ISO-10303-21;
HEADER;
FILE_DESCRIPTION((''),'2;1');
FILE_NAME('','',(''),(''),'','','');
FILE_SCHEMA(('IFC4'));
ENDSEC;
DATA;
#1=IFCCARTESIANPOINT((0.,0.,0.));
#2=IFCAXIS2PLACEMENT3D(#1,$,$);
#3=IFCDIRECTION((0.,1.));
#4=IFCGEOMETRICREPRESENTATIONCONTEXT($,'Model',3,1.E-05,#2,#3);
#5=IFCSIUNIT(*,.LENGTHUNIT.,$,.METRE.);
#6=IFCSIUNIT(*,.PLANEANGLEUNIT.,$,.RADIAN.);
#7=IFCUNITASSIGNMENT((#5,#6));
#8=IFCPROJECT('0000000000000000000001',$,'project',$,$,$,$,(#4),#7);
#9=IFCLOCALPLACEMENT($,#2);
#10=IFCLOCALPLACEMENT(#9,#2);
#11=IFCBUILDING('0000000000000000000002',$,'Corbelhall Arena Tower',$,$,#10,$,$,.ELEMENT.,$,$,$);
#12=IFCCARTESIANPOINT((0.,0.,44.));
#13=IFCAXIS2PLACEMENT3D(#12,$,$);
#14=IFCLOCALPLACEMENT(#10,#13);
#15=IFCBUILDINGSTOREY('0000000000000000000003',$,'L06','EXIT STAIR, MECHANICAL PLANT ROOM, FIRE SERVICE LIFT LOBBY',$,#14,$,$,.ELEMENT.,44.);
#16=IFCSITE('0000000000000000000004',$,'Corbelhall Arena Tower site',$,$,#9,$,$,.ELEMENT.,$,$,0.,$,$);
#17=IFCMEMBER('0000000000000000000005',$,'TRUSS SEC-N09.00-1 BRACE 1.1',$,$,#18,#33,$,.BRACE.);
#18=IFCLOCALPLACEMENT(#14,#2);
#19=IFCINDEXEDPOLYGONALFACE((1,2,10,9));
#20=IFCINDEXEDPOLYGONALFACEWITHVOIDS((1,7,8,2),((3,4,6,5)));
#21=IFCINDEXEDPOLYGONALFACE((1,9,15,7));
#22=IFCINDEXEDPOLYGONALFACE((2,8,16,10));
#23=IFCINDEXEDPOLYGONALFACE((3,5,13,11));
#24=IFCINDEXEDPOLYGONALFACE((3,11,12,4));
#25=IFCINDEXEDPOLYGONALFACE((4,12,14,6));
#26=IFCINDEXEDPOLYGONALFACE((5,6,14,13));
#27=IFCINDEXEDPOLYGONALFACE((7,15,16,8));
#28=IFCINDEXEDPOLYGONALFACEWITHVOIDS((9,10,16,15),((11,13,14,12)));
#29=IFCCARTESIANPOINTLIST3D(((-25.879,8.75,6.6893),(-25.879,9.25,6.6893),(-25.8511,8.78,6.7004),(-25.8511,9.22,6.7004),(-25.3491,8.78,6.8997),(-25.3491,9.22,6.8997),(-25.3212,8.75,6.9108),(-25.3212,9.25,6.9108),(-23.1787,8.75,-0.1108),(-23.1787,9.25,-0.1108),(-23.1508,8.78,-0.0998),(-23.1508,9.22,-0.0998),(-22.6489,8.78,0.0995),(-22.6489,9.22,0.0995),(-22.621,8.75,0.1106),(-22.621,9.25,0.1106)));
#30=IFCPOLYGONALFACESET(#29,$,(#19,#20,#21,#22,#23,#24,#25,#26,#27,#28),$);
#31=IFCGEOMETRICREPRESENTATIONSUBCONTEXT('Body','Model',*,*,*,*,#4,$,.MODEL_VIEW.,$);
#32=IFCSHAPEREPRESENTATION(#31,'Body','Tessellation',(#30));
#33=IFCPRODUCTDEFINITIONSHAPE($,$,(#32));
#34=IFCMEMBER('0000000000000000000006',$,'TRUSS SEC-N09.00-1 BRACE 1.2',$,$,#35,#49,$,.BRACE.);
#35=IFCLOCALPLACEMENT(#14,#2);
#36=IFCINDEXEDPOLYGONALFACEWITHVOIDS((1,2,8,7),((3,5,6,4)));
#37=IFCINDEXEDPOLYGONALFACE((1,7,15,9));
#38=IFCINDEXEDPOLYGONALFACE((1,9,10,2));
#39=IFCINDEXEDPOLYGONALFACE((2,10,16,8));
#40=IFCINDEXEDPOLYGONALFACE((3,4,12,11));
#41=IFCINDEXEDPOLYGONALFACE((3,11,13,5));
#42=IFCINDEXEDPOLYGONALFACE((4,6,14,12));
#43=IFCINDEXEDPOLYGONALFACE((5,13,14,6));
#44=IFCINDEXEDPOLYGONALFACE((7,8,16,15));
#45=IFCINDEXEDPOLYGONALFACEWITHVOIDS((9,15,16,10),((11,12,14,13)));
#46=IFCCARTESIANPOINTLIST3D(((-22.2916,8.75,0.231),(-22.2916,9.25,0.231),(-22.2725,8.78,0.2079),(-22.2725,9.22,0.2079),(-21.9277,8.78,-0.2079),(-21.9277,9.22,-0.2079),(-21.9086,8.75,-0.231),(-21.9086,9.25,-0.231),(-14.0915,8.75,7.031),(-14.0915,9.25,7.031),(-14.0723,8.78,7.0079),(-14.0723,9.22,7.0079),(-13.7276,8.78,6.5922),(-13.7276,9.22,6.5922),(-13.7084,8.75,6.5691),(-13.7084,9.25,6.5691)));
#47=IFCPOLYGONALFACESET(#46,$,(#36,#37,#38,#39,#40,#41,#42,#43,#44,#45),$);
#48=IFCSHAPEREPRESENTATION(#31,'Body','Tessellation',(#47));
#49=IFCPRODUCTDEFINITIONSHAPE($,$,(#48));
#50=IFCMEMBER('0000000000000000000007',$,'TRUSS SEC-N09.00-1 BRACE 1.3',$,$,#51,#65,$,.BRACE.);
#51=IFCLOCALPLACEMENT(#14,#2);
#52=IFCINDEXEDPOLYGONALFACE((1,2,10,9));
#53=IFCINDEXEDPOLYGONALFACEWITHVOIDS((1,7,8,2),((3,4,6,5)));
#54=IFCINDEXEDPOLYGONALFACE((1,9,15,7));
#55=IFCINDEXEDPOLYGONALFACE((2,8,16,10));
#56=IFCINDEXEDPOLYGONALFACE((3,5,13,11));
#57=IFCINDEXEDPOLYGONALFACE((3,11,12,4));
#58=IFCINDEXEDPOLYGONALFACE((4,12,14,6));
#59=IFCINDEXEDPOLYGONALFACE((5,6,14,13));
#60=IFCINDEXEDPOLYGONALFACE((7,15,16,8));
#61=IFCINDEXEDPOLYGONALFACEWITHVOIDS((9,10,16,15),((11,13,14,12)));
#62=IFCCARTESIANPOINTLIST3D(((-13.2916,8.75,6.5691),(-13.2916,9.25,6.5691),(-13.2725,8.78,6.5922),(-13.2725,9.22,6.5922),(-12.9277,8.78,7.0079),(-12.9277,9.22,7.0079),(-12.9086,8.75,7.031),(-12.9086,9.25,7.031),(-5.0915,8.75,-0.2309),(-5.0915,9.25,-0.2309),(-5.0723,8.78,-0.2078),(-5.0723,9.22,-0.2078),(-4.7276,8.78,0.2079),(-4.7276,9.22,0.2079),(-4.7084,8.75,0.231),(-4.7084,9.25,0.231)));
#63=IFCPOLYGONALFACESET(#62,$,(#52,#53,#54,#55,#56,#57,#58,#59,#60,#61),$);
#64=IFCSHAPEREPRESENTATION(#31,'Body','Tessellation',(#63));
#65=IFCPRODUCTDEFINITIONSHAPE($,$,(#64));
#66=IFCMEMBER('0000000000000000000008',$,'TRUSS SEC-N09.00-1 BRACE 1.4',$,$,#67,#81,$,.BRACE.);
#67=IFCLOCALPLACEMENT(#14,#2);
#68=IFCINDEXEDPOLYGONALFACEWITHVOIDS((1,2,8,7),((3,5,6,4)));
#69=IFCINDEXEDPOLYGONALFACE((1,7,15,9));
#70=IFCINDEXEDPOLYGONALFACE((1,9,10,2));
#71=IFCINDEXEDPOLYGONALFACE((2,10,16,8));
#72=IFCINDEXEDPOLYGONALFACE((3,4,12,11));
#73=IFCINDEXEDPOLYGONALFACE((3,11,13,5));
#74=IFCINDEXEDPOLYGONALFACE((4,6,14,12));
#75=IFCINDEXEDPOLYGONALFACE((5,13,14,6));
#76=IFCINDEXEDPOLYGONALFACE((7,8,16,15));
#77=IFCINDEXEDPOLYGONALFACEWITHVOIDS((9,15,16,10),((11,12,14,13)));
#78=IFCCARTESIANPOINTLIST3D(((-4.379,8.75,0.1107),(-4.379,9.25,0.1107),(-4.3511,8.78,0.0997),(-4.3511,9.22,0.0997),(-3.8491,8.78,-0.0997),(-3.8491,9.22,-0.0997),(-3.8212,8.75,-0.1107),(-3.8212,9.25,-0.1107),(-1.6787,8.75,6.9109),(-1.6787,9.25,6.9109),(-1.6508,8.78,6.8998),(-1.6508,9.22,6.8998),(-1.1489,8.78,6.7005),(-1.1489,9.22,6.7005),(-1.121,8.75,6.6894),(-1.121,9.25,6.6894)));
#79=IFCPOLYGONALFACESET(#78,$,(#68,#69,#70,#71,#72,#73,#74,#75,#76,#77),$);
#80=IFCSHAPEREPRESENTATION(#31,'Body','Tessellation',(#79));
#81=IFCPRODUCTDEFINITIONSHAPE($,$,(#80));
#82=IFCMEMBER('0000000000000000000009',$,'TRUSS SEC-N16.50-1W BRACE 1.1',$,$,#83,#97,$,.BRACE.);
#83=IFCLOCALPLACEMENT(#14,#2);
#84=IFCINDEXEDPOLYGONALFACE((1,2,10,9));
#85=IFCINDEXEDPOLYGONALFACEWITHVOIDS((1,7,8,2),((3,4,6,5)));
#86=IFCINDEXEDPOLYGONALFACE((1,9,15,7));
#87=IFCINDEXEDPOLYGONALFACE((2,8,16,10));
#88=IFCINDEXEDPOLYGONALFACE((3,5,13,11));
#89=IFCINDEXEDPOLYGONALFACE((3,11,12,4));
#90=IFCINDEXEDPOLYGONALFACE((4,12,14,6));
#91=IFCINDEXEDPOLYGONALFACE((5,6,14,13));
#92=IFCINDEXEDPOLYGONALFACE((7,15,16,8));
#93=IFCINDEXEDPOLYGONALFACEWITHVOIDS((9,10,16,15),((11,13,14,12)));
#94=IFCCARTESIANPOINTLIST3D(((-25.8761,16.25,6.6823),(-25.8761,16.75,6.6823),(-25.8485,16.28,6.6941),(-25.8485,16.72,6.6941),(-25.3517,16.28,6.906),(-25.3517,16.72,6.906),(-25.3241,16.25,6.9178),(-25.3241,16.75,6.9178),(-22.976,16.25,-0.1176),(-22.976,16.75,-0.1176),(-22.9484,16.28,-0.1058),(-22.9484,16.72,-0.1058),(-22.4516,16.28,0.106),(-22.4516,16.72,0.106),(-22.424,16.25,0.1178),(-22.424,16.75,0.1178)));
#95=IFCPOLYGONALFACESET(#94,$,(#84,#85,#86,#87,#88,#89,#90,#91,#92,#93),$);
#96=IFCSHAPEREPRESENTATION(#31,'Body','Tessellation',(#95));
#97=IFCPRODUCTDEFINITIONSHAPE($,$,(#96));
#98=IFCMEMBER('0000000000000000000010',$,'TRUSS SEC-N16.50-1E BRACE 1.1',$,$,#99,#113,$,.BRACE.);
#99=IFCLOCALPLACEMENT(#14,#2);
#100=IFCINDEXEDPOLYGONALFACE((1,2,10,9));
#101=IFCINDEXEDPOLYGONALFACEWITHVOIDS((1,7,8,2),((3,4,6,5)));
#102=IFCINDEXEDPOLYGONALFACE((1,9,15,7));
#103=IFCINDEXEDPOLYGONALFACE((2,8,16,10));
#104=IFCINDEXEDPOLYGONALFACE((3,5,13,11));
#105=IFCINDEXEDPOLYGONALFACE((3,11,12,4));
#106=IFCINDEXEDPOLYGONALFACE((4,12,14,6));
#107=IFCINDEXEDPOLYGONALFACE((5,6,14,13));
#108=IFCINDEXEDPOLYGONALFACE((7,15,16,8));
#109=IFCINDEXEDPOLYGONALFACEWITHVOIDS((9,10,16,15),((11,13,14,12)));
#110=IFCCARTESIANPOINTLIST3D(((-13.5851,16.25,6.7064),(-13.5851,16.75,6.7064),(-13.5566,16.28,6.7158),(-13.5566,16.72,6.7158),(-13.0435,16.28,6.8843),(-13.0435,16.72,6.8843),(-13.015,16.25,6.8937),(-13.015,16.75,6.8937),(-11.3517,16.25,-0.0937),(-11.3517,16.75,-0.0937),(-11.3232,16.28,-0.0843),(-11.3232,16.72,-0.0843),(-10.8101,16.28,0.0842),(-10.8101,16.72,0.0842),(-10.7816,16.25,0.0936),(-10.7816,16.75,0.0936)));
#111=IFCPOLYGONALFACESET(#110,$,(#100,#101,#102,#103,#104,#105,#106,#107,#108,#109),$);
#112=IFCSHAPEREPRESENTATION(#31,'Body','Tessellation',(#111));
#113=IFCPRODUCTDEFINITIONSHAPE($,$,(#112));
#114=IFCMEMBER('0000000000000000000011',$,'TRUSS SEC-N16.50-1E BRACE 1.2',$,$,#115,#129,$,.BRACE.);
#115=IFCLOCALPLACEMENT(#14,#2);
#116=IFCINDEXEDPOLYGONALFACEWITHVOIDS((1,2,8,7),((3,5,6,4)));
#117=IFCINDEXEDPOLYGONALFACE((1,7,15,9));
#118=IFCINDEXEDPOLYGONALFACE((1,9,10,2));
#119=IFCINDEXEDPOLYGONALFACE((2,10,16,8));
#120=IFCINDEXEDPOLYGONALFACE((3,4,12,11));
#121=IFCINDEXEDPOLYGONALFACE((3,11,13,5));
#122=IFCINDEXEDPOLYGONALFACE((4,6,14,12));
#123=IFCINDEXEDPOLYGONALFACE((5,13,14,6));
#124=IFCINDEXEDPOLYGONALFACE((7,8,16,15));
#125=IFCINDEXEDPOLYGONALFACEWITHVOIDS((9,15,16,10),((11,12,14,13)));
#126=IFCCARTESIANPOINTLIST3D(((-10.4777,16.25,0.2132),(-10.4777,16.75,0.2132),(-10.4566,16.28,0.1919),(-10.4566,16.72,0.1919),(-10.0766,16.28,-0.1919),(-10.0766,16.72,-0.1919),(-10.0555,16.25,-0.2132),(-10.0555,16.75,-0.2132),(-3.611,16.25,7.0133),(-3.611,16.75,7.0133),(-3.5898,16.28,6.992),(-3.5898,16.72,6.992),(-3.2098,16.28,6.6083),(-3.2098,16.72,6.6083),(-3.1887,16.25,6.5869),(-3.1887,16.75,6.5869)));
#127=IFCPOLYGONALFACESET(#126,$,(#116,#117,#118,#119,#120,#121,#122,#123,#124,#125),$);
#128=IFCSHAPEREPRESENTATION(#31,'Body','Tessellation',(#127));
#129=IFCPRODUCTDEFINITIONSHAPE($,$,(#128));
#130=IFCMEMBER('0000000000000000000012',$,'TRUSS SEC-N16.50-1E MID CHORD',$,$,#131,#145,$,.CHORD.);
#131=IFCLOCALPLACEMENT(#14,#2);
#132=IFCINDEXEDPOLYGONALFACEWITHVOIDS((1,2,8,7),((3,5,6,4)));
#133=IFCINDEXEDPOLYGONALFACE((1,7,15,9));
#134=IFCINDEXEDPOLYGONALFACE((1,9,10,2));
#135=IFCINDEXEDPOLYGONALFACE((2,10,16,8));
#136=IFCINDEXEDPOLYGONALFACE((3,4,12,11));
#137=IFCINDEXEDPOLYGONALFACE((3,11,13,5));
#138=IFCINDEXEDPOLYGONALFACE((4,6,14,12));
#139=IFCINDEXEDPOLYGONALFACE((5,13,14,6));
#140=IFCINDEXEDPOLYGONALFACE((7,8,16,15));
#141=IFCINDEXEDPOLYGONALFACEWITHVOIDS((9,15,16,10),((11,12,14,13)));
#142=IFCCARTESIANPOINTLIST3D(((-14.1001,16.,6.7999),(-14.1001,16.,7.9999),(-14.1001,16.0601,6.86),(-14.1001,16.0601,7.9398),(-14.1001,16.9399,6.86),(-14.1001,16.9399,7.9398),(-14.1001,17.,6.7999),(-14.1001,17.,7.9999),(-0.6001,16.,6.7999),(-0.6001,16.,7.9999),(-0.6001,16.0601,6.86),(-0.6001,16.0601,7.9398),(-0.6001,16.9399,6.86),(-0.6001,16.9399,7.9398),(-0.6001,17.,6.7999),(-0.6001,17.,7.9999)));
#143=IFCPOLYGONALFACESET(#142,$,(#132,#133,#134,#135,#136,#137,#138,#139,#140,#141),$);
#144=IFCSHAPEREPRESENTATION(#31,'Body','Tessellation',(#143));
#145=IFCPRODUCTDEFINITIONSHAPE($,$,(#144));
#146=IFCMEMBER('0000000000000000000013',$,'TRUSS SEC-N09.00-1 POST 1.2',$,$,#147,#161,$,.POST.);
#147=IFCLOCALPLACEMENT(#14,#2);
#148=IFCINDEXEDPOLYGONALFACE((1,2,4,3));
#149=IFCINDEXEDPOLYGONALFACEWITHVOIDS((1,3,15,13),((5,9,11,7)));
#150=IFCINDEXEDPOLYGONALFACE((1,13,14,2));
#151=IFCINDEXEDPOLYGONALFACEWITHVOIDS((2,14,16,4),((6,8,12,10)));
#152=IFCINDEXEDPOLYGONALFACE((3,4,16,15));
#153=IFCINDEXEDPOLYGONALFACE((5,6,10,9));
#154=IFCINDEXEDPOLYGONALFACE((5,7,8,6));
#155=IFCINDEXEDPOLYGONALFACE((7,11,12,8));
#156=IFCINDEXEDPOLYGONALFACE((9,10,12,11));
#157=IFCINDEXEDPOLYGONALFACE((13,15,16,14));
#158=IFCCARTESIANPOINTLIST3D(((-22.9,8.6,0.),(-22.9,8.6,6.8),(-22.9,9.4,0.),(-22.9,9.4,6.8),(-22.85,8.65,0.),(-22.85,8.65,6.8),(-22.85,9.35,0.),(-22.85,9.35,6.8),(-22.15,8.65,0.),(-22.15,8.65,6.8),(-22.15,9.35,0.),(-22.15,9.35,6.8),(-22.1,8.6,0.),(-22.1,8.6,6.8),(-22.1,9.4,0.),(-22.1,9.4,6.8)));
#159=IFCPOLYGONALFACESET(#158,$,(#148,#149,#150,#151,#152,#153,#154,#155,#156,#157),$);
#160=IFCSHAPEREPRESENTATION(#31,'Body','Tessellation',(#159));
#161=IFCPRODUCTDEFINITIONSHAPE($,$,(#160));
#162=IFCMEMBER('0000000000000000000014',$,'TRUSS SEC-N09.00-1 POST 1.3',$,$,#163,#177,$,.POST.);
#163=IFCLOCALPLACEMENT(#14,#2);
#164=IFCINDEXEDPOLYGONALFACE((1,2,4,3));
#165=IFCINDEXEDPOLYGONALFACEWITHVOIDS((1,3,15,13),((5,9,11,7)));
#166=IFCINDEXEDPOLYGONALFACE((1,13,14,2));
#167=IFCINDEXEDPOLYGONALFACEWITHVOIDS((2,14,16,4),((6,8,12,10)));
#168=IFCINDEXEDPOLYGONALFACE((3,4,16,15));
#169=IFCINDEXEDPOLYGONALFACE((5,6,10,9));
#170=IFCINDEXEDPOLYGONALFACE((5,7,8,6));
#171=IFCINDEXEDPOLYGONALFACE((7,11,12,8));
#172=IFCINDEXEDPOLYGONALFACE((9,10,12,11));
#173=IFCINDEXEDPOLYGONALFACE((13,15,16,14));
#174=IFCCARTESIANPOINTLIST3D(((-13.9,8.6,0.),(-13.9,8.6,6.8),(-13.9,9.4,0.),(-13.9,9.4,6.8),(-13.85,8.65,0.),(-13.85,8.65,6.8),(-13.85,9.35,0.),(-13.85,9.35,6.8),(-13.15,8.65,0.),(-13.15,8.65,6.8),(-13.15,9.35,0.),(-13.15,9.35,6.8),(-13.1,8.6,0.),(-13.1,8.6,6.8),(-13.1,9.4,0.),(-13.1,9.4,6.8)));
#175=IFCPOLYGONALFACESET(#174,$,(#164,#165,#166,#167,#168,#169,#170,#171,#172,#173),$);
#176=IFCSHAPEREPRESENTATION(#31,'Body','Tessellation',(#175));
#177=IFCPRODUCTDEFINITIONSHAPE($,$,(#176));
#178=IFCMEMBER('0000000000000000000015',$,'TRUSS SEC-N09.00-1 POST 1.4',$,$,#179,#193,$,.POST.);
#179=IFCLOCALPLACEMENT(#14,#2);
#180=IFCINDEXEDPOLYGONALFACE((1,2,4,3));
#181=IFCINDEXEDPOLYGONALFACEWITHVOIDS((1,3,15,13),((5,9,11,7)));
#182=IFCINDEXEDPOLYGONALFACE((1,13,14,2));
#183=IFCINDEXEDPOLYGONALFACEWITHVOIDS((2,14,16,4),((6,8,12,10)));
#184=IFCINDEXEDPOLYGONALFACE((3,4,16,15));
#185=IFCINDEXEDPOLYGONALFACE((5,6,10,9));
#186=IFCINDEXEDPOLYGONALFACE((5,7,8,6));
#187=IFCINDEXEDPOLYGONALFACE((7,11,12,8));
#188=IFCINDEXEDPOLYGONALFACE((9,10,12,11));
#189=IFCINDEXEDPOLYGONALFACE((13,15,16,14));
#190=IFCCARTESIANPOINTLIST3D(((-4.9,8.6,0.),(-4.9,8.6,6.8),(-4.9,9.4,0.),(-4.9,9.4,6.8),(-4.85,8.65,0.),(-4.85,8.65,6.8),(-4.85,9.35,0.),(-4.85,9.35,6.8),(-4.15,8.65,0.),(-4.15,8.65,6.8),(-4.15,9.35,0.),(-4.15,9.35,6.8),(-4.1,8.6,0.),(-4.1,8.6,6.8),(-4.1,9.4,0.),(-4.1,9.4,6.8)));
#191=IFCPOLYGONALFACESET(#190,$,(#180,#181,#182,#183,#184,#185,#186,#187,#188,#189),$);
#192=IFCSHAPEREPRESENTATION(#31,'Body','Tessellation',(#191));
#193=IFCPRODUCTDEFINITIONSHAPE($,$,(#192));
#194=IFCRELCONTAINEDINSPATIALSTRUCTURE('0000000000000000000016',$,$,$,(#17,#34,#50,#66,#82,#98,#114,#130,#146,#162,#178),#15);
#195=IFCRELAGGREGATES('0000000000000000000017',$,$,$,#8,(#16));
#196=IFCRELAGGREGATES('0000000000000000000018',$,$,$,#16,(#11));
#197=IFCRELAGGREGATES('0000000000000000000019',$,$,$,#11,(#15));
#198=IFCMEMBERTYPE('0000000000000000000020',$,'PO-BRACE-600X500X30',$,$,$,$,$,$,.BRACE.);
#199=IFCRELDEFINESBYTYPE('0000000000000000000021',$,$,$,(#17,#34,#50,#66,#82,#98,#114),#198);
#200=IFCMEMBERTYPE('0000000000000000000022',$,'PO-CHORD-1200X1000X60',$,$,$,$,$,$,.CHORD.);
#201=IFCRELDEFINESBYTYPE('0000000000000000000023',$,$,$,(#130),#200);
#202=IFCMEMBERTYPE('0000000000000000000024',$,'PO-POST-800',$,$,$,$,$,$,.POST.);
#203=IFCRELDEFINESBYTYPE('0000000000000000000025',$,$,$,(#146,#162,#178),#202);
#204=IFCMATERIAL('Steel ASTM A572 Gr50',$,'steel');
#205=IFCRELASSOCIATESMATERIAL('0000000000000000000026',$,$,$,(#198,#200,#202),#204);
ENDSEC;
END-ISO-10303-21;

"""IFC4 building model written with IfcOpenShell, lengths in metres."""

from ifc_helpers import new_model, si_unit, direction, frame, origin, origin_2d, place, context, subcontext, project, spatial, hollow_rectangle, extrude, material, material_profile, profile_set, type_object, element, save


model = new_model("IFC4")

# Units and contexts
model_context = context("Model", 3, precision=1e-05, world=origin(), true_north=direction((0.0, 1.0)))
body_context = subcontext(model_context, "Body", "Model", "MODEL_VIEW")
ifc_project = project(units=[si_unit("LENGTHUNIT", "METRE"), si_unit("PLANEANGLEUNIT", "RADIAN")], contexts=[model_context])

# Site, building, storey
site_placement = place(None, origin())
site = spatial("IfcSite", under=ifc_project, at=site_placement, Name="Corbelhall Arena Tower site", CompositionType="ELEMENT", RefElevation=0.0)
building_placement = place(site_placement, origin())
building = spatial("IfcBuilding", under=site, at=building_placement, Name="Corbelhall Arena Tower", CompositionType="ELEMENT")
storey_placement = place(building_placement, frame((0.0, 0.0, 44.0)))
storey = spatial("IfcBuildingStorey", under=building, at=storey_placement, Name="L06", Description="EXIT STAIR, MECHANICAL PLANT ROOM, FIRE SERVICE LIFT LOBBY", CompositionType="ELEMENT", Elevation=44.0)

# Members
ifc_material_1 = material(Name="Steel ASTM A572 Gr50", Category="steel")
ifc_material_profile_1 = material_profile(ifc_material_1, hollow_rectangle(XDim=0.5, YDim=0.6001, WallThickness=0.03, at=origin_2d()))
ifc_profile_set_1 = profile_set([ifc_material_profile_1], Name="Steel ASTM A572 Gr50")
member_type_1 = type_object("IfcMemberType", Name="PO-BRACE-600X500X30", PredefinedType="BRACE", material=ifc_profile_set_1)
member_1_placement = place(storey_placement, frame((-25.6001, 9.0, 6.8), z_axis=(0.369054, 0.0, -0.929408), x_axis=(0.0, 1.0, 0.0)))
element("IfcMember", 1, at=member_1_placement, inside=storey, type_object=member_type_1, Name="TRUSS SEC-N09.00-1 BRACE 1.1", PredefinedType="BRACE", context=body_context, shape_type="SweptSolid", body=[
    extrude(hollow_rectangle(XDim=0.5, YDim=0.6001, WallThickness=0.03, at=origin_2d()), origin(), (0.0, 0.0, 1.0), 7.3167),
])
for number, where, z_axis, x_axis, name in (
    (2, (-22.1001, 9.0, 0.0), (0.769763, 0.0, 0.63833), (0.0, 1.0, 0.0), "TRUSS SEC-N09.00-1 BRACE 1.2"),
    (3, (-13.1001, 9.0, 6.8), (0.769763, 0.0, -0.63833), (0.0, 1.0, 0.0), "TRUSS SEC-N09.00-1 BRACE 1.3"),
):
    element("IfcMember", number, at=place(storey_placement, frame(where, z_axis=z_axis, x_axis=x_axis)), inside=storey, type_object=member_type_1, Name=name, PredefinedType="BRACE", context=body_context, shape_type="SweptSolid", body=[
        extrude(hollow_rectangle(XDim=0.5, YDim=0.6001, WallThickness=0.03, at=origin_2d()), origin(), (0.0, 0.0, 1.0), 10.6528),
    ])
member_2_placement = place(storey_placement, frame((-4.1001, 9.0, 0.0), z_axis=(0.369054, 0.0, 0.929408), x_axis=(0.0, 1.0, 0.0)))
element("IfcMember", 4, at=member_2_placement, inside=storey, type_object=member_type_1, Name="TRUSS SEC-N09.00-1 BRACE 1.4", PredefinedType="BRACE", context=body_context, shape_type="SweptSolid", body=[
    extrude(hollow_rectangle(XDim=0.5, YDim=0.6001, WallThickness=0.03, at=origin_2d()), origin(), (0.0, 0.0, 1.0), 7.3167),
])
member_3_placement = place(storey_placement, frame((-25.6001, 16.5, 6.8), z_axis=(0.3923, 0.0, -0.919837), x_axis=(0.0, 1.0, 0.0)))
element("IfcMember", 5, at=member_3_placement, inside=storey, type_object=member_type_1, Name="TRUSS SEC-N16.50-1W BRACE 1.1", PredefinedType="BRACE", context=body_context, shape_type="SweptSolid", body=[
    extrude(hollow_rectangle(XDim=0.5, YDim=0.6001, WallThickness=0.03, at=origin_2d()), origin(), (0.0, 0.0, 1.0), 7.3926),
])
member_4_placement = place(storey_placement, frame((-13.3, 16.5, 6.8), z_axis=(0.312039, 0.0, -0.950069), x_axis=(0.0, 1.0, 0.0)))
element("IfcMember", 6, at=member_4_placement, inside=storey, type_object=member_type_1, Name="TRUSS SEC-N16.50-1E BRACE 1.1", PredefinedType="BRACE", context=body_context, shape_type="SweptSolid", body=[
    extrude(hollow_rectangle(XDim=0.5, YDim=0.6001, WallThickness=0.03, at=origin_2d()), origin(), (0.0, 0.0, 1.0), 7.1575),
])
member_5_placement = place(storey_placement, frame((-10.2666, 16.5, 0.0), z_axis=(0.710547, 0.0, 0.70365), x_axis=(0.0, 1.0, 0.0)))
element("IfcMember", 7, at=member_5_placement, inside=storey, type_object=member_type_1, Name="TRUSS SEC-N16.50-1E BRACE 1.2", PredefinedType="BRACE", context=body_context, shape_type="SweptSolid", body=[
    extrude(hollow_rectangle(XDim=0.5, YDim=0.6001, WallThickness=0.03, at=origin_2d()), origin(), (0.0, 0.0, 1.0), 9.6641),
])
ifc_material_profile_2 = material_profile(ifc_material_1, hollow_rectangle(XDim=1.0, YDim=1.2, WallThickness=0.0601, at=origin_2d()))
ifc_profile_set_2 = profile_set([ifc_material_profile_2], Name="Steel ASTM A572 Gr50")
member_type_2 = type_object("IfcMemberType", Name="PO-CHORD-1200X1000X60", PredefinedType="CHORD", material=ifc_profile_set_2)
member_6_placement = place(storey_placement, frame((-14.1001, 16.5, 7.3999), z_axis=(1.0, 0.0, 0.0), x_axis=(0.0, 1.0, 0.0)))
element("IfcMember", 8, at=member_6_placement, inside=storey, type_object=member_type_2, Name="TRUSS SEC-N16.50-1E MID CHORD", PredefinedType="CHORD", context=body_context, shape_type="SweptSolid", body=[
    extrude(hollow_rectangle(XDim=1.0, YDim=1.2, WallThickness=0.0601, at=origin_2d()), origin(), (0.0, 0.0, 1.0), 13.5),
])
ifc_material_profile_3 = material_profile(ifc_material_1, hollow_rectangle(XDim=0.8, YDim=0.8, WallThickness=0.05, at=origin_2d()))
ifc_profile_set_3 = profile_set([ifc_material_profile_3], Name="Steel ASTM A572 Gr50")
member_type_3 = type_object("IfcMemberType", Name="PO-POST-800", PredefinedType="POST", material=ifc_profile_set_3)
for number, where, z_axis, x_axis, name in (
    (9, (-22.5, 9.0, 0.0), (0.0, 0.0, 1.0), (1.0, 0.0, 0.0), "TRUSS SEC-N09.00-1 POST 1.2"),
    (10, (-13.5, 9.0, 0.0), (0.0, 0.0, 1.0), (1.0, 0.0, 0.0), "TRUSS SEC-N09.00-1 POST 1.3"),
    (11, (-4.5, 9.0, 0.0), (0.0, 0.0, 1.0), (1.0, 0.0, 0.0), "TRUSS SEC-N09.00-1 POST 1.4"),
):
    element("IfcMember", number, at=place(storey_placement, frame(where, z_axis=z_axis, x_axis=x_axis)), inside=storey, type_object=member_type_3, Name=name, PredefinedType="POST", context=body_context, shape_type="SweptSolid", body=[
        extrude(hollow_rectangle(XDim=0.8, YDim=0.8, WallThickness=0.05, at=origin_2d()), origin(), (0.0, 0.0, 1.0), 6.8),
    ])

save(model, "model.ifc")
